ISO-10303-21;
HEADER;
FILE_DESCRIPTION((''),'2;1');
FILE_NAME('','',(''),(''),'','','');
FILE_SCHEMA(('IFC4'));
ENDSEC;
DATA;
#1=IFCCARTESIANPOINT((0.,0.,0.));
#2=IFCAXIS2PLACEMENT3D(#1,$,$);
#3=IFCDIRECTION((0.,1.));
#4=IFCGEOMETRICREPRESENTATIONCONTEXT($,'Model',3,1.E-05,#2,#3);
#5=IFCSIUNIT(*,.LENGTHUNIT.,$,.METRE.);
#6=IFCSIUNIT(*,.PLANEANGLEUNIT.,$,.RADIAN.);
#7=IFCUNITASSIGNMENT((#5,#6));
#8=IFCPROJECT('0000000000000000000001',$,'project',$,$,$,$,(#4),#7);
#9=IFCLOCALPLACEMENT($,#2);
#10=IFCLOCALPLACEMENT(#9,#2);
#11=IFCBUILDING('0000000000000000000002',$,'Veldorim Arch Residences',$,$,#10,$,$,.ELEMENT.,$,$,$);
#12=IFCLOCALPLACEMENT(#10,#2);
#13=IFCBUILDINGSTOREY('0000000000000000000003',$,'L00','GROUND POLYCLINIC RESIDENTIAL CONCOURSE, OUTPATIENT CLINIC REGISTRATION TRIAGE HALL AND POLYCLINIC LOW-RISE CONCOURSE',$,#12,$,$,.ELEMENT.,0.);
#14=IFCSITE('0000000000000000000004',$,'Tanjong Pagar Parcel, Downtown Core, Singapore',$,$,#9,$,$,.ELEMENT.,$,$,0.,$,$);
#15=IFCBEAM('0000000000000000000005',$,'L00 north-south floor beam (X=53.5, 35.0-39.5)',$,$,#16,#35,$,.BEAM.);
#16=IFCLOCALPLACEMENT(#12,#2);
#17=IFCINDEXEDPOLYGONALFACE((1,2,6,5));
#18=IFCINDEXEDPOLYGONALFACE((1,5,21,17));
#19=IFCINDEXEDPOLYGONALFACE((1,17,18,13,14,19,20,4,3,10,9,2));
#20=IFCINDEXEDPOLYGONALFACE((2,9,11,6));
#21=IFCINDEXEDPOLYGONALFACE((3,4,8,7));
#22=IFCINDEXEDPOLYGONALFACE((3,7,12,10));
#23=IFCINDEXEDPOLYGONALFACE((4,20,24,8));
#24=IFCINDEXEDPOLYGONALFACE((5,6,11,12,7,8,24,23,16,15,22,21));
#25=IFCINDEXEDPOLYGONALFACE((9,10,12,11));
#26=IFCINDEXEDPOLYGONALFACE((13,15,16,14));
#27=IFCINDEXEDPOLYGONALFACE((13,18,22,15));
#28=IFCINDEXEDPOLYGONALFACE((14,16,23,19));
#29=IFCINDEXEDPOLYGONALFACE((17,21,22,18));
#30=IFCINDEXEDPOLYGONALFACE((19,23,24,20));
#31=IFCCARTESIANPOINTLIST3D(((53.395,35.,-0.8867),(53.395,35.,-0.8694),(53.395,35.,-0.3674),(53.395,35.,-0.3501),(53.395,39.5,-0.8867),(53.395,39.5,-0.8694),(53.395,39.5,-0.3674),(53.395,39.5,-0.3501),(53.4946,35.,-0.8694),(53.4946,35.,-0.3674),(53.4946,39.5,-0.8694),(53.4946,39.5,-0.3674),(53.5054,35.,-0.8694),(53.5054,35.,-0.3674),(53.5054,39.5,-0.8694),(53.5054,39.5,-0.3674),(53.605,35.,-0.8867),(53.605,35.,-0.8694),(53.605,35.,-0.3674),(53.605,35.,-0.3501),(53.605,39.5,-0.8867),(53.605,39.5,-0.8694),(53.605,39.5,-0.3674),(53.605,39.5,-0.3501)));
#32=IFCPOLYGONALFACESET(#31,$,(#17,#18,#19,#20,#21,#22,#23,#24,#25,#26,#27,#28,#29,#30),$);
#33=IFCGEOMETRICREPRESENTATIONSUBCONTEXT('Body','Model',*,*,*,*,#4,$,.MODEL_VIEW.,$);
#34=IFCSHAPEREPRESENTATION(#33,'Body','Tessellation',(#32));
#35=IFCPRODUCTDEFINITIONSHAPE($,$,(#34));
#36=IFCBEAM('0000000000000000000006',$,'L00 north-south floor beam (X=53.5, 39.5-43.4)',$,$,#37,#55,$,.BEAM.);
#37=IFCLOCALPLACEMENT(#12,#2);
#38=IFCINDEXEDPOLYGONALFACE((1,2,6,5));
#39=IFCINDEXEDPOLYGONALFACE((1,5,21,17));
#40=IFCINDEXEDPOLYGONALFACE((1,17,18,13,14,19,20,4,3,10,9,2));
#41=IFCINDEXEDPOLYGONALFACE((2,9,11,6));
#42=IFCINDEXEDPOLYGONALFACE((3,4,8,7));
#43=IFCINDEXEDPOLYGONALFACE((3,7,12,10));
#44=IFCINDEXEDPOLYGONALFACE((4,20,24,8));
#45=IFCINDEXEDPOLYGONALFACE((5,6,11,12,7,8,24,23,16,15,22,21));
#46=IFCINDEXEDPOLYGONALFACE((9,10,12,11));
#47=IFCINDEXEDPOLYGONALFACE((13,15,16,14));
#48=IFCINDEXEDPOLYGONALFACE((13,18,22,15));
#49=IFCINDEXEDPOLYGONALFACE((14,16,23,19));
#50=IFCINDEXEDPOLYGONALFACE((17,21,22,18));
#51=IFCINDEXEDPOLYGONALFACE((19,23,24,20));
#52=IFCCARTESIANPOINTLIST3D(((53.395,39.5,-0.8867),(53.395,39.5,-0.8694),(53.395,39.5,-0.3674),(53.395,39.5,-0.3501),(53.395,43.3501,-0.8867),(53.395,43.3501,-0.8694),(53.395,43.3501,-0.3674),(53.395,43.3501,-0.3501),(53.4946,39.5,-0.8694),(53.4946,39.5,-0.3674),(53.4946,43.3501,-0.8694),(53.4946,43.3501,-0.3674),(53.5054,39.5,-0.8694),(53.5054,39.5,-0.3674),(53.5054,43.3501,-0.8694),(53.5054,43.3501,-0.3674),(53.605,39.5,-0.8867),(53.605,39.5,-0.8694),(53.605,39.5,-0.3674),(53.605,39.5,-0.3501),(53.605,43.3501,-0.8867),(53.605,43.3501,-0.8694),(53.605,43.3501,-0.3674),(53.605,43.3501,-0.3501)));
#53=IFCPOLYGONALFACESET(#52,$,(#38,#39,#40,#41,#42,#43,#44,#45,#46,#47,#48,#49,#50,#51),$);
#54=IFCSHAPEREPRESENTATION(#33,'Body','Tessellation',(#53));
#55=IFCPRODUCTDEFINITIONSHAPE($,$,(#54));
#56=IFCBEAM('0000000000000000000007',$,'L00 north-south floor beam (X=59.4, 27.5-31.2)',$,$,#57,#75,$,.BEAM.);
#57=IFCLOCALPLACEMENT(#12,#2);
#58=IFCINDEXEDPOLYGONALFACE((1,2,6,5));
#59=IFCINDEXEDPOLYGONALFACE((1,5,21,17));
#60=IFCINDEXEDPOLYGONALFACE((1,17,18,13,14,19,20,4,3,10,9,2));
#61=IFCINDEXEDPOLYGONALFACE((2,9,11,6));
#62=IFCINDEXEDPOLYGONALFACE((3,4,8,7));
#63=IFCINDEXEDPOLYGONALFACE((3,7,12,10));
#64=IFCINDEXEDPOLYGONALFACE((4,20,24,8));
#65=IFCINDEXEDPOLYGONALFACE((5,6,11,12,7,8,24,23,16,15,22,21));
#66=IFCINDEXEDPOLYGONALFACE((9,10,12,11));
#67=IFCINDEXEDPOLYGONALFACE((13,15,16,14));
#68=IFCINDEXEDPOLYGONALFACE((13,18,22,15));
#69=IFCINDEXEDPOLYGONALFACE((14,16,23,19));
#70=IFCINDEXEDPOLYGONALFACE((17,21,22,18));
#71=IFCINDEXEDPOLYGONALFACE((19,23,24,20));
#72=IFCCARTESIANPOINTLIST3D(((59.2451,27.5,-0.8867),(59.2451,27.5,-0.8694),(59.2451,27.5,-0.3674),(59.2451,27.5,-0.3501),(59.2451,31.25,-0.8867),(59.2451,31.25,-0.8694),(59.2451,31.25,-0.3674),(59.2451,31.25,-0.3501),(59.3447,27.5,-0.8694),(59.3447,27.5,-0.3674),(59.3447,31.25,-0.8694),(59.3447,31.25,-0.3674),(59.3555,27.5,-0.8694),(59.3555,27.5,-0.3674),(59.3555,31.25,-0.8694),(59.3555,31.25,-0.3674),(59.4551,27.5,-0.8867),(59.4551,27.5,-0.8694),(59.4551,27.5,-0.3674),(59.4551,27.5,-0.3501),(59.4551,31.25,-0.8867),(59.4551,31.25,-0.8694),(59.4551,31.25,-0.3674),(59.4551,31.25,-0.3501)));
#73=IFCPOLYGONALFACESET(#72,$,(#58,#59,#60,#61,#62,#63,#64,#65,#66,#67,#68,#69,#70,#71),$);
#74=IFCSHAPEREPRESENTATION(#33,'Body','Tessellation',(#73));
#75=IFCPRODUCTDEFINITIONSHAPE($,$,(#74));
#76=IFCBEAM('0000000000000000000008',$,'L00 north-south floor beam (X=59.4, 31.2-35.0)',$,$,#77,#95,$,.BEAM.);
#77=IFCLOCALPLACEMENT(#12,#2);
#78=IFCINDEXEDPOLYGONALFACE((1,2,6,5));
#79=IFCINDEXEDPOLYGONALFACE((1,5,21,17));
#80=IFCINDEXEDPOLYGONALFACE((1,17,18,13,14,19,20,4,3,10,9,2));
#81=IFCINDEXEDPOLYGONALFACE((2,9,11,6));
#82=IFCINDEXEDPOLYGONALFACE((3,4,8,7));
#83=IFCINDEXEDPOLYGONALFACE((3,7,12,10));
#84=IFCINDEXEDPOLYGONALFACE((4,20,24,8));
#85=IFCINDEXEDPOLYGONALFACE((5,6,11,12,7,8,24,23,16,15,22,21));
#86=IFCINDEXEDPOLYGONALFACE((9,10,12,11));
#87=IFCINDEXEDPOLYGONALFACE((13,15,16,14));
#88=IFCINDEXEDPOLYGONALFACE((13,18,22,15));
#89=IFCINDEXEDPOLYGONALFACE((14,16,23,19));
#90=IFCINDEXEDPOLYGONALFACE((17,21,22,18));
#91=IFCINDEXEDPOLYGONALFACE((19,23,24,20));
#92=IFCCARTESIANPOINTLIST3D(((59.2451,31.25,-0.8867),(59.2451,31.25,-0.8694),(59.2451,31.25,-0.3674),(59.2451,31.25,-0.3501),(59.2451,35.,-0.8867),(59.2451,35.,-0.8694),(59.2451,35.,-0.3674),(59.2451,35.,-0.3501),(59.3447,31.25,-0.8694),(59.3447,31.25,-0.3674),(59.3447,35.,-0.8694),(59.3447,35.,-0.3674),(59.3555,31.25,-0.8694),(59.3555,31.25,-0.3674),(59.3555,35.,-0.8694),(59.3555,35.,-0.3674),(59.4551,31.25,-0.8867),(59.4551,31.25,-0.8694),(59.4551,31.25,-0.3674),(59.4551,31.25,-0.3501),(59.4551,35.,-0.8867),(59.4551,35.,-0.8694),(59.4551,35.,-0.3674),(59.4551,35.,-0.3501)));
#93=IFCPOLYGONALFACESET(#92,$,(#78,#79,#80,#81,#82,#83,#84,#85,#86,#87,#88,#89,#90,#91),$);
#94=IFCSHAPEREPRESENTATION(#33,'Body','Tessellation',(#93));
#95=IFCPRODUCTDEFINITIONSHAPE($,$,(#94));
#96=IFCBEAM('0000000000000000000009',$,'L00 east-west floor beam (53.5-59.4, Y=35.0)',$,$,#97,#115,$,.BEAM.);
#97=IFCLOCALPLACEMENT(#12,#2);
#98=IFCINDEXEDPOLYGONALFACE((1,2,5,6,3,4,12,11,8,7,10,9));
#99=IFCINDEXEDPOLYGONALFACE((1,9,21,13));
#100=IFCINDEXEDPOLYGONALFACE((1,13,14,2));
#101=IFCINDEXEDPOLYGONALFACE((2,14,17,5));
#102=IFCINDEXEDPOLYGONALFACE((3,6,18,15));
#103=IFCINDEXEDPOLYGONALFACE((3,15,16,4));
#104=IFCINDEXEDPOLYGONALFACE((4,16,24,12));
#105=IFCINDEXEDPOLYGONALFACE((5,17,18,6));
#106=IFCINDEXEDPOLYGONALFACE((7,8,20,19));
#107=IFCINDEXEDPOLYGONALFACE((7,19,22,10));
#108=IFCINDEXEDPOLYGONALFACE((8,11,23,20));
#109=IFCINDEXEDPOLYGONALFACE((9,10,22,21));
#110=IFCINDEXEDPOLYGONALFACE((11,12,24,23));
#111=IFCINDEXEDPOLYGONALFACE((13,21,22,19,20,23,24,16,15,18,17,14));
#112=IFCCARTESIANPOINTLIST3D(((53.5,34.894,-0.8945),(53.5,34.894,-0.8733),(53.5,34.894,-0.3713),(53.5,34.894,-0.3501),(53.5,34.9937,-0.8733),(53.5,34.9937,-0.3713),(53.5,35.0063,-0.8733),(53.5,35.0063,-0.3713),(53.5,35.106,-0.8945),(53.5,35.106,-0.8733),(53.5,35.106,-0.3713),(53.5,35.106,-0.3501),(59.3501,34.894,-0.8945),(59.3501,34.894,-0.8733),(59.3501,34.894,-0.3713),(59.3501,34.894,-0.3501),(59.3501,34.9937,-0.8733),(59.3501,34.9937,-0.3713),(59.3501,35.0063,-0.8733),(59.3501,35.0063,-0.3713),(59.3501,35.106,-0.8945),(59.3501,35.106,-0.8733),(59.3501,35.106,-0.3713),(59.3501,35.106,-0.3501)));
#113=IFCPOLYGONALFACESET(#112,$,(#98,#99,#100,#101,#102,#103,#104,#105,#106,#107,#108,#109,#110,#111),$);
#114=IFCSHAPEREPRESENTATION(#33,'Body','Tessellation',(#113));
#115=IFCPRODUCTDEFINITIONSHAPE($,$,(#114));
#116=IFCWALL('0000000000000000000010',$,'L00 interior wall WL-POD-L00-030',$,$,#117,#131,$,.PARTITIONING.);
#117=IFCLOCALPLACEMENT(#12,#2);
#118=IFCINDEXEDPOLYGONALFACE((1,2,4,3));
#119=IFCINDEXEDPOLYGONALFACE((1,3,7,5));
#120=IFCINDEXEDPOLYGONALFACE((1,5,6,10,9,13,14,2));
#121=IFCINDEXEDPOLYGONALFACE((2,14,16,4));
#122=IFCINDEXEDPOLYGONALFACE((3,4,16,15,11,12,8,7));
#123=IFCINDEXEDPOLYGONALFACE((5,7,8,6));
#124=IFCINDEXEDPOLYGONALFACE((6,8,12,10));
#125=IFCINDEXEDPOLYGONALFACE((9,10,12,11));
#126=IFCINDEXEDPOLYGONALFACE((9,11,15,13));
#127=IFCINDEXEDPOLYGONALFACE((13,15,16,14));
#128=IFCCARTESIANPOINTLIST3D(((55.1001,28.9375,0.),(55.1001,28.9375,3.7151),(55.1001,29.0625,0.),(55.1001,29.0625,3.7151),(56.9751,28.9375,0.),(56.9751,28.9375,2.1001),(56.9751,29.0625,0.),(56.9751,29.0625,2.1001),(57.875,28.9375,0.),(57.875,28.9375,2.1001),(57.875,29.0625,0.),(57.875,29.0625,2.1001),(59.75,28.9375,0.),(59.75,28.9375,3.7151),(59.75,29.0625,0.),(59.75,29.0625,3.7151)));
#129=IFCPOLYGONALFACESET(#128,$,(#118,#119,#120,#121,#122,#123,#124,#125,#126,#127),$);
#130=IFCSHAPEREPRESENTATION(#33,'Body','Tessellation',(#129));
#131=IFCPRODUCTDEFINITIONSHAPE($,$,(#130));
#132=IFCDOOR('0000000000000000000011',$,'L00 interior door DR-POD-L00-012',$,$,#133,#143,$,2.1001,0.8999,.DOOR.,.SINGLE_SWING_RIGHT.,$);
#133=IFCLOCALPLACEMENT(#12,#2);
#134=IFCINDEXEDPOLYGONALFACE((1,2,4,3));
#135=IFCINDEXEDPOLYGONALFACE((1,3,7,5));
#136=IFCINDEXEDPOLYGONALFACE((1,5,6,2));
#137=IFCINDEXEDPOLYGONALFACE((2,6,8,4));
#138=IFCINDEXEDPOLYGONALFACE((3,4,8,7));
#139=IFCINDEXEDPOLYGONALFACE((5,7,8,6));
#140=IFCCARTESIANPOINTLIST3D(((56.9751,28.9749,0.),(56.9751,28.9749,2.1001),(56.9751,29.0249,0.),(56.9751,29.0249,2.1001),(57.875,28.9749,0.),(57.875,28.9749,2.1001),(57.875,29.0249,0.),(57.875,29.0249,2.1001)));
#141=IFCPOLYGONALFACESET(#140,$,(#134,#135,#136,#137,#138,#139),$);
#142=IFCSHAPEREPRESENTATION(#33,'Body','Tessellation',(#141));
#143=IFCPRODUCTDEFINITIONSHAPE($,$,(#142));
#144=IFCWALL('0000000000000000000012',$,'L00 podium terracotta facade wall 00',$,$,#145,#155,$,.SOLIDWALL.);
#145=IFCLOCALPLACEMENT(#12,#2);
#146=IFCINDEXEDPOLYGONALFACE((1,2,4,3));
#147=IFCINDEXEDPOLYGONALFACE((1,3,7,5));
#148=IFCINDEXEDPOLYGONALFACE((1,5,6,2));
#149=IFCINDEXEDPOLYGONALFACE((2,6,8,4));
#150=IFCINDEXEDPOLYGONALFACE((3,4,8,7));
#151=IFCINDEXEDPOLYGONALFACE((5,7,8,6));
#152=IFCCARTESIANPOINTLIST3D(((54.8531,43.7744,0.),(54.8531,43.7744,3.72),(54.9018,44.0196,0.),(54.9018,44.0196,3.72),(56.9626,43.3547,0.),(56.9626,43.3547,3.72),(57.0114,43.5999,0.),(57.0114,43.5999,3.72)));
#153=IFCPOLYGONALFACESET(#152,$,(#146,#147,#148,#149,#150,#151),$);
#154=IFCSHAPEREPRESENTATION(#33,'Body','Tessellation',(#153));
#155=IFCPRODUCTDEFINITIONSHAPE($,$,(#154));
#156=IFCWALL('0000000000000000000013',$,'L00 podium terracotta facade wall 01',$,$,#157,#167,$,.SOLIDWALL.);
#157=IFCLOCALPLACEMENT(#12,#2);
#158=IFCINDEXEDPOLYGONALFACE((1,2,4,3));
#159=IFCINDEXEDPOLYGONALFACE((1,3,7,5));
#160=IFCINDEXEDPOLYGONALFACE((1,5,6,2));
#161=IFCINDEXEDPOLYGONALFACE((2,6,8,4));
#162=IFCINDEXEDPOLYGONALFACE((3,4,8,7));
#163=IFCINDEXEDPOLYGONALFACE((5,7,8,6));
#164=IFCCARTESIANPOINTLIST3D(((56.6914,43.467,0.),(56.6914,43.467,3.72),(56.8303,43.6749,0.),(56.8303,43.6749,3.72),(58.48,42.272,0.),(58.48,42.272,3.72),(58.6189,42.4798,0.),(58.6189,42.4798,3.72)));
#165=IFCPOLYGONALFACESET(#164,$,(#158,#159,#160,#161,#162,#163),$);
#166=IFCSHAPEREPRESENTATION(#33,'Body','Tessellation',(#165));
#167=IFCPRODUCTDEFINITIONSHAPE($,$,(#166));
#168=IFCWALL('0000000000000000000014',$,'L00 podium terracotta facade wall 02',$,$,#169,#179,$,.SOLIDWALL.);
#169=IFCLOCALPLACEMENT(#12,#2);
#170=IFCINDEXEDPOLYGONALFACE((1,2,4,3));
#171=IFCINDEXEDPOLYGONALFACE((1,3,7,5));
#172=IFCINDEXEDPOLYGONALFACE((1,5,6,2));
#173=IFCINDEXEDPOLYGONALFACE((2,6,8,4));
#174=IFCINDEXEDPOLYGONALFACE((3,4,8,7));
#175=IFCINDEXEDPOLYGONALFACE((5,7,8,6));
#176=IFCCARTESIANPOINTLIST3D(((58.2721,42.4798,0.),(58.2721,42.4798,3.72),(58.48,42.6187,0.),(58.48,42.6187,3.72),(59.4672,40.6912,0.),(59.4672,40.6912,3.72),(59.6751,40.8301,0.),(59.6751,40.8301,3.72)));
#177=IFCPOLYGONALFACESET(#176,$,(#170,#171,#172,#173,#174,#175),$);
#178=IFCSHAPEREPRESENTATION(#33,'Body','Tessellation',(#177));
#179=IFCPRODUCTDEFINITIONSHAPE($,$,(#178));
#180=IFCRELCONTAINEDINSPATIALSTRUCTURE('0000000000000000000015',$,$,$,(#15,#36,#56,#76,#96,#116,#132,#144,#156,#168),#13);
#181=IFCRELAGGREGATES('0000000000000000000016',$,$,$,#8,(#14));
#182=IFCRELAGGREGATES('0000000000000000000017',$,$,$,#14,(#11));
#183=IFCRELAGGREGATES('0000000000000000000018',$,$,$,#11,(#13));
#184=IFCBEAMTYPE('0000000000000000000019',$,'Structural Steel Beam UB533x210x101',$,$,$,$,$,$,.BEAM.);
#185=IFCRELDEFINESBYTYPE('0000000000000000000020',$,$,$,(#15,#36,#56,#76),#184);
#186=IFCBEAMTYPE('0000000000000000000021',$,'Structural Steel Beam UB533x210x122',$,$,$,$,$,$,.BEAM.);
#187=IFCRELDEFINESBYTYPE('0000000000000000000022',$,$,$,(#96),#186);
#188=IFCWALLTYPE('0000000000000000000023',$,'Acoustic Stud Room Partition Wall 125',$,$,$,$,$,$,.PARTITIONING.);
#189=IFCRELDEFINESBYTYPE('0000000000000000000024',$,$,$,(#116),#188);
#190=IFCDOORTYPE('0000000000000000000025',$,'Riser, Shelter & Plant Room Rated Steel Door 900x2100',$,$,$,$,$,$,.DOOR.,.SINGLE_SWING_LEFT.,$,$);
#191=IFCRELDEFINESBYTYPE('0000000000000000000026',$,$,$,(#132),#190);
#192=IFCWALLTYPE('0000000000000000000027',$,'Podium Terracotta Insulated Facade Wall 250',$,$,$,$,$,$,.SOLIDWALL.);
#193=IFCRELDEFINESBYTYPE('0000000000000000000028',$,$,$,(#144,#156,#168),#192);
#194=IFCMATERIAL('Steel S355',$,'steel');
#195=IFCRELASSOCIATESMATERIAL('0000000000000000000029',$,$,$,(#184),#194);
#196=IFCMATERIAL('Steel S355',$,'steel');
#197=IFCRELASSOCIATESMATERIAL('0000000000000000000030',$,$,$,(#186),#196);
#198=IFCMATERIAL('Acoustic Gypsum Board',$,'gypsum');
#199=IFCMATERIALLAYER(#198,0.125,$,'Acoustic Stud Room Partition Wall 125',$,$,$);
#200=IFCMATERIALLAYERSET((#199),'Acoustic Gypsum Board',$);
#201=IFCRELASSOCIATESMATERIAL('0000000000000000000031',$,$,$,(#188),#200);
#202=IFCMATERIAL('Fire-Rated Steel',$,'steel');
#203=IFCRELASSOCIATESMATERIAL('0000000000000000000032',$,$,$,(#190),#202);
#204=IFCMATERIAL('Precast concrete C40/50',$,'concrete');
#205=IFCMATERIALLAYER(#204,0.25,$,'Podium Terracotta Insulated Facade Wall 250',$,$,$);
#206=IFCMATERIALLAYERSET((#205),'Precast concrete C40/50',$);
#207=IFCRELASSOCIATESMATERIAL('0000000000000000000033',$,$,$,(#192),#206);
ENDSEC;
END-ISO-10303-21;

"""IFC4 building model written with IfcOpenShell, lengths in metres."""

from ifc_helpers import new_model, si_unit, direction, frame, frame_2d, origin, origin_2d, place, context, subcontext, project, spatial, rectangle, i_section, extrude, material, layer, layer_set, material_profile, profile_set, type_object, element, fill, save


model = new_model("IFC4")

# Units and contexts
model_context = context("Model", 3, precision=1e-05, world=origin(), true_north=direction((0.0, 1.0)))
body_context = subcontext(model_context, "Body", "Model", "MODEL_VIEW")
ifc_project = project(units=[si_unit("LENGTHUNIT", "METRE"), si_unit("PLANEANGLEUNIT", "RADIAN")], contexts=[model_context])

# Site, building, storey
site_placement = place(None, origin())
site = spatial("IfcSite", under=ifc_project, at=site_placement, Name="Tanjong Pagar Parcel, Downtown Core, Singapore", CompositionType="ELEMENT", RefElevation=0.0)
building_placement = place(site_placement, origin())
building = spatial("IfcBuilding", under=site, at=building_placement, Name="Veldorim Arch Residences", CompositionType="ELEMENT")
storey_placement = place(building_placement, origin())
storey = spatial("IfcBuildingStorey", under=building, at=storey_placement, Name="L00", Description="GROUND POLYCLINIC RESIDENTIAL CONCOURSE, OUTPATIENT CLINIC REGISTRATION TRIAGE HALL AND POLYCLINIC LOW-RISE CONCOURSE", CompositionType="ELEMENT", Elevation=0.0)

# Beams
ifc_material_1 = material(Name="Steel S355", Category="steel")
ifc_material_profile_1 = material_profile(ifc_material_1, i_section(OverallWidth=0.21, OverallDepth=0.5366, WebThickness=0.0107, FlangeThickness=0.0173, at=origin_2d()), Name="UB533x210x101")
ifc_profile_set_1 = profile_set([ifc_material_profile_1], Name="Steel S355")
beam_type_1 = type_object("IfcBeamType", Name="Structural Steel Beam UB533x210x101", PredefinedType="BEAM", material=ifc_profile_set_1)
beam_1_placement = place(storey_placement, frame((53.5, 35.0, -0.6184), z_axis=(0.0, 1.0, 0.0), x_axis=(-1.0, 0.0, 0.0)))
element("IfcBeam", 1, at=beam_1_placement, inside=storey, type_object=beam_type_1, Name="L00 north-south floor beam (X=53.5, 35.0-39.5)", PredefinedType="BEAM", context=body_context, shape_type="SweptSolid", body=[
    extrude(i_section(OverallWidth=0.21, OverallDepth=0.5366, WebThickness=0.0107, FlangeThickness=0.0173, at=origin_2d()), origin(), (0.0, 0.0, 1.0), 4.5),
])
beam_2_placement = place(storey_placement, frame((53.5, 39.5, -0.6184), z_axis=(0.0, 1.0, 0.0), x_axis=(-1.0, 0.0, 0.0)))
element("IfcBeam", 2, at=beam_2_placement, inside=storey, type_object=beam_type_1, Name="L00 north-south floor beam (X=53.5, 39.5-43.4)", PredefinedType="BEAM", context=body_context, shape_type="SweptSolid", body=[
    extrude(i_section(OverallWidth=0.21, OverallDepth=0.5366, WebThickness=0.0107, FlangeThickness=0.0173, at=origin_2d()), origin(), (0.0, 0.0, 1.0), 3.8501),
])
for number, where, z_axis, x_axis, name in (
    (3, (59.3501, 27.5, -0.6184), (0.0, 1.0, 0.0), (-1.0, 0.0, 0.0), "L00 north-south floor beam (X=59.4, 27.5-31.2)"),
    (4, (59.3501, 31.25, -0.6184), (0.0, 1.0, 0.0), (-1.0, 0.0, 0.0), "L00 north-south floor beam (X=59.4, 31.2-35.0)"),
):
    element("IfcBeam", number, at=place(storey_placement, frame(where, z_axis=z_axis, x_axis=x_axis)), inside=storey, type_object=beam_type_1, Name=name, PredefinedType="BEAM", context=body_context, shape_type="SweptSolid", body=[
        extrude(i_section(OverallWidth=0.21, OverallDepth=0.5366, WebThickness=0.0107, FlangeThickness=0.0173, at=origin_2d()), origin(), (0.0, 0.0, 1.0), 3.75),
    ])
ifc_material_2 = material(Name="Steel S355", Category="steel")
ifc_material_profile_2 = material_profile(ifc_material_2, i_section(OverallWidth=0.2119, OverallDepth=0.5444, WebThickness=0.0127, FlangeThickness=0.0212, at=origin_2d()), Name="UB533x210x122")
ifc_profile_set_2 = profile_set([ifc_material_profile_2], Name="Steel S355")
beam_type_2 = type_object("IfcBeamType", Name="Structural Steel Beam UB533x210x122", PredefinedType="BEAM", material=ifc_profile_set_2)
beam_3_placement = place(storey_placement, frame((53.5, 35.0, -0.6223), z_axis=(1.0, 0.0, 0.0), x_axis=(0.0, 1.0, 0.0)))
element("IfcBeam", 5, at=beam_3_placement, inside=storey, type_object=beam_type_2, Name="L00 east-west floor beam (53.5-59.4, Y=35.0)", PredefinedType="BEAM", context=body_context, shape_type="SweptSolid", body=[
    extrude(i_section(OverallWidth=0.2119, OverallDepth=0.5444, WebThickness=0.0127, FlangeThickness=0.0212, at=origin_2d()), origin(), (0.0, 0.0, 1.0), 5.8501),
])

# Wall, opening, door
ifc_material_3 = material(Name="Acoustic Gypsum Board", Category="gypsum")
ifc_layer_1 = layer(ifc_material_3, 0.125, Name="Acoustic Stud Room Partition Wall 125")
ifc_layer_set_1 = layer_set([ifc_layer_1], Name="Acoustic Gypsum Board")
wall_type_1 = type_object("IfcWallType", Name="Acoustic Stud Room Partition Wall 125", PredefinedType="PARTITIONING", material=ifc_layer_set_1)
wall_1_placement = place(storey_placement, frame((55.1001, 29.0, 0.0), z_axis=(0.0, 0.0, 1.0), x_axis=(1.0, 0.0, 0.0)))
wall_1 = element("IfcWall", 6, at=wall_1_placement, inside=storey, type_object=wall_type_1, Name="L00 interior wall WL-POD-L00-030", PredefinedType="PARTITIONING", context=body_context, shape_type="SweptSolid", body=[
    extrude(rectangle(XDim=4.6499, YDim=0.125, at=frame_2d((2.325, 0.0))), origin(), (0.0, 0.0, 1.0), 3.7151),
])
opening_1_placement = place(wall_1_placement, frame((1.875, 0.0, 0.0)))
opening_1 = element("IfcOpeningElement", 7, at=opening_1_placement, cuts=wall_1, PredefinedType="OPENING", context=body_context, shape_type="SweptSolid", body=[
    extrude(rectangle(XDim=0.8999, YDim=2.1001, at=frame_2d((0.45, 1.05))), frame((0.0, 0.0725, 0.0), z_axis=(0.0, -1.0, 0.0), x_axis=(1.0, 0.0, 0.0)), (0.0, 0.0, 1.0), 0.145),
])
ifc_material_4 = material(Name="Fire-Rated Steel", Category="steel")
door_type_1 = type_object("IfcDoorType", Name="Riser, Shelter & Plant Room Rated Steel Door 900x2100", OperationType="SINGLE_SWING_LEFT", PredefinedType="DOOR", material=ifc_material_4)
door_1_placement = place(opening_1_placement, origin())
door_1 = element("IfcDoor", 8, at=door_1_placement, inside=storey, type_object=door_type_1, Name="L00 interior door DR-POD-L00-012", OperationType="SINGLE_SWING_RIGHT", OverallHeight=2.1001, OverallWidth=0.8999, PredefinedType="DOOR", context=body_context, shape_type="SweptSolid", body=[
    extrude(rectangle(XDim=0.8999, YDim=2.1001, at=frame_2d((0.45, 1.05))), frame((0.0, 0.0249, 0.0), z_axis=(0.0, -1.0, 0.0), x_axis=(1.0, 0.0, 0.0)), (0.0, 0.0, 1.0), 0.05),
])
fill(opening_1, door_1)

# Walls
ifc_material_5 = material(Name="Precast concrete C40/50", Category="concrete")
ifc_layer_2 = layer(ifc_material_5, 0.25, Name="Podium Terracotta Insulated Facade Wall 250")
ifc_layer_set_2 = layer_set([ifc_layer_2], Name="Precast concrete C40/50")
wall_type_2 = type_object("IfcWallType", Name="Podium Terracotta Insulated Facade Wall 250", PredefinedType="SOLIDWALL", material=ifc_layer_set_2)
wall_2_placement = place(storey_placement, frame((54.8774, 43.897, 0.0), z_axis=(0.0, 0.0, 1.0), x_axis=(0.980781, -0.195112, 0.0)))
element("IfcWall", 9, at=wall_2_placement, inside=storey, type_object=wall_type_2, Name="L00 podium terracotta facade wall 00", PredefinedType="SOLIDWALL", context=body_context, shape_type="SweptSolid", body=[
    extrude(rectangle(XDim=2.1509, YDim=0.25, at=frame_2d((1.0754, 0.0))), origin(), (0.0, 0.0, 1.0), 3.72),
])
for number, where, z_axis, x_axis, name in (
    (10, (56.7607, 43.571, 0.0), (0.0, 0.0, 1.0), (0.831474, -0.555564, 0.0), "L00 podium terracotta facade wall 01"),
    (11, (58.376, 42.5493, 0.0), (0.0, 0.0, 1.0), (0.555564, -0.831474, 0.0), "L00 podium terracotta facade wall 02"),
):
    element("IfcWall", number, at=place(storey_placement, frame(where, z_axis=z_axis, x_axis=x_axis)), inside=storey, type_object=wall_type_2, Name=name, PredefinedType="SOLIDWALL", context=body_context, shape_type="SweptSolid", body=[
        extrude(rectangle(XDim=2.1511, YDim=0.25, at=frame_2d((1.0757, 0.0))), origin(), (0.0, 0.0, 1.0), 3.72),
    ])

save(model, "model.ifc")
